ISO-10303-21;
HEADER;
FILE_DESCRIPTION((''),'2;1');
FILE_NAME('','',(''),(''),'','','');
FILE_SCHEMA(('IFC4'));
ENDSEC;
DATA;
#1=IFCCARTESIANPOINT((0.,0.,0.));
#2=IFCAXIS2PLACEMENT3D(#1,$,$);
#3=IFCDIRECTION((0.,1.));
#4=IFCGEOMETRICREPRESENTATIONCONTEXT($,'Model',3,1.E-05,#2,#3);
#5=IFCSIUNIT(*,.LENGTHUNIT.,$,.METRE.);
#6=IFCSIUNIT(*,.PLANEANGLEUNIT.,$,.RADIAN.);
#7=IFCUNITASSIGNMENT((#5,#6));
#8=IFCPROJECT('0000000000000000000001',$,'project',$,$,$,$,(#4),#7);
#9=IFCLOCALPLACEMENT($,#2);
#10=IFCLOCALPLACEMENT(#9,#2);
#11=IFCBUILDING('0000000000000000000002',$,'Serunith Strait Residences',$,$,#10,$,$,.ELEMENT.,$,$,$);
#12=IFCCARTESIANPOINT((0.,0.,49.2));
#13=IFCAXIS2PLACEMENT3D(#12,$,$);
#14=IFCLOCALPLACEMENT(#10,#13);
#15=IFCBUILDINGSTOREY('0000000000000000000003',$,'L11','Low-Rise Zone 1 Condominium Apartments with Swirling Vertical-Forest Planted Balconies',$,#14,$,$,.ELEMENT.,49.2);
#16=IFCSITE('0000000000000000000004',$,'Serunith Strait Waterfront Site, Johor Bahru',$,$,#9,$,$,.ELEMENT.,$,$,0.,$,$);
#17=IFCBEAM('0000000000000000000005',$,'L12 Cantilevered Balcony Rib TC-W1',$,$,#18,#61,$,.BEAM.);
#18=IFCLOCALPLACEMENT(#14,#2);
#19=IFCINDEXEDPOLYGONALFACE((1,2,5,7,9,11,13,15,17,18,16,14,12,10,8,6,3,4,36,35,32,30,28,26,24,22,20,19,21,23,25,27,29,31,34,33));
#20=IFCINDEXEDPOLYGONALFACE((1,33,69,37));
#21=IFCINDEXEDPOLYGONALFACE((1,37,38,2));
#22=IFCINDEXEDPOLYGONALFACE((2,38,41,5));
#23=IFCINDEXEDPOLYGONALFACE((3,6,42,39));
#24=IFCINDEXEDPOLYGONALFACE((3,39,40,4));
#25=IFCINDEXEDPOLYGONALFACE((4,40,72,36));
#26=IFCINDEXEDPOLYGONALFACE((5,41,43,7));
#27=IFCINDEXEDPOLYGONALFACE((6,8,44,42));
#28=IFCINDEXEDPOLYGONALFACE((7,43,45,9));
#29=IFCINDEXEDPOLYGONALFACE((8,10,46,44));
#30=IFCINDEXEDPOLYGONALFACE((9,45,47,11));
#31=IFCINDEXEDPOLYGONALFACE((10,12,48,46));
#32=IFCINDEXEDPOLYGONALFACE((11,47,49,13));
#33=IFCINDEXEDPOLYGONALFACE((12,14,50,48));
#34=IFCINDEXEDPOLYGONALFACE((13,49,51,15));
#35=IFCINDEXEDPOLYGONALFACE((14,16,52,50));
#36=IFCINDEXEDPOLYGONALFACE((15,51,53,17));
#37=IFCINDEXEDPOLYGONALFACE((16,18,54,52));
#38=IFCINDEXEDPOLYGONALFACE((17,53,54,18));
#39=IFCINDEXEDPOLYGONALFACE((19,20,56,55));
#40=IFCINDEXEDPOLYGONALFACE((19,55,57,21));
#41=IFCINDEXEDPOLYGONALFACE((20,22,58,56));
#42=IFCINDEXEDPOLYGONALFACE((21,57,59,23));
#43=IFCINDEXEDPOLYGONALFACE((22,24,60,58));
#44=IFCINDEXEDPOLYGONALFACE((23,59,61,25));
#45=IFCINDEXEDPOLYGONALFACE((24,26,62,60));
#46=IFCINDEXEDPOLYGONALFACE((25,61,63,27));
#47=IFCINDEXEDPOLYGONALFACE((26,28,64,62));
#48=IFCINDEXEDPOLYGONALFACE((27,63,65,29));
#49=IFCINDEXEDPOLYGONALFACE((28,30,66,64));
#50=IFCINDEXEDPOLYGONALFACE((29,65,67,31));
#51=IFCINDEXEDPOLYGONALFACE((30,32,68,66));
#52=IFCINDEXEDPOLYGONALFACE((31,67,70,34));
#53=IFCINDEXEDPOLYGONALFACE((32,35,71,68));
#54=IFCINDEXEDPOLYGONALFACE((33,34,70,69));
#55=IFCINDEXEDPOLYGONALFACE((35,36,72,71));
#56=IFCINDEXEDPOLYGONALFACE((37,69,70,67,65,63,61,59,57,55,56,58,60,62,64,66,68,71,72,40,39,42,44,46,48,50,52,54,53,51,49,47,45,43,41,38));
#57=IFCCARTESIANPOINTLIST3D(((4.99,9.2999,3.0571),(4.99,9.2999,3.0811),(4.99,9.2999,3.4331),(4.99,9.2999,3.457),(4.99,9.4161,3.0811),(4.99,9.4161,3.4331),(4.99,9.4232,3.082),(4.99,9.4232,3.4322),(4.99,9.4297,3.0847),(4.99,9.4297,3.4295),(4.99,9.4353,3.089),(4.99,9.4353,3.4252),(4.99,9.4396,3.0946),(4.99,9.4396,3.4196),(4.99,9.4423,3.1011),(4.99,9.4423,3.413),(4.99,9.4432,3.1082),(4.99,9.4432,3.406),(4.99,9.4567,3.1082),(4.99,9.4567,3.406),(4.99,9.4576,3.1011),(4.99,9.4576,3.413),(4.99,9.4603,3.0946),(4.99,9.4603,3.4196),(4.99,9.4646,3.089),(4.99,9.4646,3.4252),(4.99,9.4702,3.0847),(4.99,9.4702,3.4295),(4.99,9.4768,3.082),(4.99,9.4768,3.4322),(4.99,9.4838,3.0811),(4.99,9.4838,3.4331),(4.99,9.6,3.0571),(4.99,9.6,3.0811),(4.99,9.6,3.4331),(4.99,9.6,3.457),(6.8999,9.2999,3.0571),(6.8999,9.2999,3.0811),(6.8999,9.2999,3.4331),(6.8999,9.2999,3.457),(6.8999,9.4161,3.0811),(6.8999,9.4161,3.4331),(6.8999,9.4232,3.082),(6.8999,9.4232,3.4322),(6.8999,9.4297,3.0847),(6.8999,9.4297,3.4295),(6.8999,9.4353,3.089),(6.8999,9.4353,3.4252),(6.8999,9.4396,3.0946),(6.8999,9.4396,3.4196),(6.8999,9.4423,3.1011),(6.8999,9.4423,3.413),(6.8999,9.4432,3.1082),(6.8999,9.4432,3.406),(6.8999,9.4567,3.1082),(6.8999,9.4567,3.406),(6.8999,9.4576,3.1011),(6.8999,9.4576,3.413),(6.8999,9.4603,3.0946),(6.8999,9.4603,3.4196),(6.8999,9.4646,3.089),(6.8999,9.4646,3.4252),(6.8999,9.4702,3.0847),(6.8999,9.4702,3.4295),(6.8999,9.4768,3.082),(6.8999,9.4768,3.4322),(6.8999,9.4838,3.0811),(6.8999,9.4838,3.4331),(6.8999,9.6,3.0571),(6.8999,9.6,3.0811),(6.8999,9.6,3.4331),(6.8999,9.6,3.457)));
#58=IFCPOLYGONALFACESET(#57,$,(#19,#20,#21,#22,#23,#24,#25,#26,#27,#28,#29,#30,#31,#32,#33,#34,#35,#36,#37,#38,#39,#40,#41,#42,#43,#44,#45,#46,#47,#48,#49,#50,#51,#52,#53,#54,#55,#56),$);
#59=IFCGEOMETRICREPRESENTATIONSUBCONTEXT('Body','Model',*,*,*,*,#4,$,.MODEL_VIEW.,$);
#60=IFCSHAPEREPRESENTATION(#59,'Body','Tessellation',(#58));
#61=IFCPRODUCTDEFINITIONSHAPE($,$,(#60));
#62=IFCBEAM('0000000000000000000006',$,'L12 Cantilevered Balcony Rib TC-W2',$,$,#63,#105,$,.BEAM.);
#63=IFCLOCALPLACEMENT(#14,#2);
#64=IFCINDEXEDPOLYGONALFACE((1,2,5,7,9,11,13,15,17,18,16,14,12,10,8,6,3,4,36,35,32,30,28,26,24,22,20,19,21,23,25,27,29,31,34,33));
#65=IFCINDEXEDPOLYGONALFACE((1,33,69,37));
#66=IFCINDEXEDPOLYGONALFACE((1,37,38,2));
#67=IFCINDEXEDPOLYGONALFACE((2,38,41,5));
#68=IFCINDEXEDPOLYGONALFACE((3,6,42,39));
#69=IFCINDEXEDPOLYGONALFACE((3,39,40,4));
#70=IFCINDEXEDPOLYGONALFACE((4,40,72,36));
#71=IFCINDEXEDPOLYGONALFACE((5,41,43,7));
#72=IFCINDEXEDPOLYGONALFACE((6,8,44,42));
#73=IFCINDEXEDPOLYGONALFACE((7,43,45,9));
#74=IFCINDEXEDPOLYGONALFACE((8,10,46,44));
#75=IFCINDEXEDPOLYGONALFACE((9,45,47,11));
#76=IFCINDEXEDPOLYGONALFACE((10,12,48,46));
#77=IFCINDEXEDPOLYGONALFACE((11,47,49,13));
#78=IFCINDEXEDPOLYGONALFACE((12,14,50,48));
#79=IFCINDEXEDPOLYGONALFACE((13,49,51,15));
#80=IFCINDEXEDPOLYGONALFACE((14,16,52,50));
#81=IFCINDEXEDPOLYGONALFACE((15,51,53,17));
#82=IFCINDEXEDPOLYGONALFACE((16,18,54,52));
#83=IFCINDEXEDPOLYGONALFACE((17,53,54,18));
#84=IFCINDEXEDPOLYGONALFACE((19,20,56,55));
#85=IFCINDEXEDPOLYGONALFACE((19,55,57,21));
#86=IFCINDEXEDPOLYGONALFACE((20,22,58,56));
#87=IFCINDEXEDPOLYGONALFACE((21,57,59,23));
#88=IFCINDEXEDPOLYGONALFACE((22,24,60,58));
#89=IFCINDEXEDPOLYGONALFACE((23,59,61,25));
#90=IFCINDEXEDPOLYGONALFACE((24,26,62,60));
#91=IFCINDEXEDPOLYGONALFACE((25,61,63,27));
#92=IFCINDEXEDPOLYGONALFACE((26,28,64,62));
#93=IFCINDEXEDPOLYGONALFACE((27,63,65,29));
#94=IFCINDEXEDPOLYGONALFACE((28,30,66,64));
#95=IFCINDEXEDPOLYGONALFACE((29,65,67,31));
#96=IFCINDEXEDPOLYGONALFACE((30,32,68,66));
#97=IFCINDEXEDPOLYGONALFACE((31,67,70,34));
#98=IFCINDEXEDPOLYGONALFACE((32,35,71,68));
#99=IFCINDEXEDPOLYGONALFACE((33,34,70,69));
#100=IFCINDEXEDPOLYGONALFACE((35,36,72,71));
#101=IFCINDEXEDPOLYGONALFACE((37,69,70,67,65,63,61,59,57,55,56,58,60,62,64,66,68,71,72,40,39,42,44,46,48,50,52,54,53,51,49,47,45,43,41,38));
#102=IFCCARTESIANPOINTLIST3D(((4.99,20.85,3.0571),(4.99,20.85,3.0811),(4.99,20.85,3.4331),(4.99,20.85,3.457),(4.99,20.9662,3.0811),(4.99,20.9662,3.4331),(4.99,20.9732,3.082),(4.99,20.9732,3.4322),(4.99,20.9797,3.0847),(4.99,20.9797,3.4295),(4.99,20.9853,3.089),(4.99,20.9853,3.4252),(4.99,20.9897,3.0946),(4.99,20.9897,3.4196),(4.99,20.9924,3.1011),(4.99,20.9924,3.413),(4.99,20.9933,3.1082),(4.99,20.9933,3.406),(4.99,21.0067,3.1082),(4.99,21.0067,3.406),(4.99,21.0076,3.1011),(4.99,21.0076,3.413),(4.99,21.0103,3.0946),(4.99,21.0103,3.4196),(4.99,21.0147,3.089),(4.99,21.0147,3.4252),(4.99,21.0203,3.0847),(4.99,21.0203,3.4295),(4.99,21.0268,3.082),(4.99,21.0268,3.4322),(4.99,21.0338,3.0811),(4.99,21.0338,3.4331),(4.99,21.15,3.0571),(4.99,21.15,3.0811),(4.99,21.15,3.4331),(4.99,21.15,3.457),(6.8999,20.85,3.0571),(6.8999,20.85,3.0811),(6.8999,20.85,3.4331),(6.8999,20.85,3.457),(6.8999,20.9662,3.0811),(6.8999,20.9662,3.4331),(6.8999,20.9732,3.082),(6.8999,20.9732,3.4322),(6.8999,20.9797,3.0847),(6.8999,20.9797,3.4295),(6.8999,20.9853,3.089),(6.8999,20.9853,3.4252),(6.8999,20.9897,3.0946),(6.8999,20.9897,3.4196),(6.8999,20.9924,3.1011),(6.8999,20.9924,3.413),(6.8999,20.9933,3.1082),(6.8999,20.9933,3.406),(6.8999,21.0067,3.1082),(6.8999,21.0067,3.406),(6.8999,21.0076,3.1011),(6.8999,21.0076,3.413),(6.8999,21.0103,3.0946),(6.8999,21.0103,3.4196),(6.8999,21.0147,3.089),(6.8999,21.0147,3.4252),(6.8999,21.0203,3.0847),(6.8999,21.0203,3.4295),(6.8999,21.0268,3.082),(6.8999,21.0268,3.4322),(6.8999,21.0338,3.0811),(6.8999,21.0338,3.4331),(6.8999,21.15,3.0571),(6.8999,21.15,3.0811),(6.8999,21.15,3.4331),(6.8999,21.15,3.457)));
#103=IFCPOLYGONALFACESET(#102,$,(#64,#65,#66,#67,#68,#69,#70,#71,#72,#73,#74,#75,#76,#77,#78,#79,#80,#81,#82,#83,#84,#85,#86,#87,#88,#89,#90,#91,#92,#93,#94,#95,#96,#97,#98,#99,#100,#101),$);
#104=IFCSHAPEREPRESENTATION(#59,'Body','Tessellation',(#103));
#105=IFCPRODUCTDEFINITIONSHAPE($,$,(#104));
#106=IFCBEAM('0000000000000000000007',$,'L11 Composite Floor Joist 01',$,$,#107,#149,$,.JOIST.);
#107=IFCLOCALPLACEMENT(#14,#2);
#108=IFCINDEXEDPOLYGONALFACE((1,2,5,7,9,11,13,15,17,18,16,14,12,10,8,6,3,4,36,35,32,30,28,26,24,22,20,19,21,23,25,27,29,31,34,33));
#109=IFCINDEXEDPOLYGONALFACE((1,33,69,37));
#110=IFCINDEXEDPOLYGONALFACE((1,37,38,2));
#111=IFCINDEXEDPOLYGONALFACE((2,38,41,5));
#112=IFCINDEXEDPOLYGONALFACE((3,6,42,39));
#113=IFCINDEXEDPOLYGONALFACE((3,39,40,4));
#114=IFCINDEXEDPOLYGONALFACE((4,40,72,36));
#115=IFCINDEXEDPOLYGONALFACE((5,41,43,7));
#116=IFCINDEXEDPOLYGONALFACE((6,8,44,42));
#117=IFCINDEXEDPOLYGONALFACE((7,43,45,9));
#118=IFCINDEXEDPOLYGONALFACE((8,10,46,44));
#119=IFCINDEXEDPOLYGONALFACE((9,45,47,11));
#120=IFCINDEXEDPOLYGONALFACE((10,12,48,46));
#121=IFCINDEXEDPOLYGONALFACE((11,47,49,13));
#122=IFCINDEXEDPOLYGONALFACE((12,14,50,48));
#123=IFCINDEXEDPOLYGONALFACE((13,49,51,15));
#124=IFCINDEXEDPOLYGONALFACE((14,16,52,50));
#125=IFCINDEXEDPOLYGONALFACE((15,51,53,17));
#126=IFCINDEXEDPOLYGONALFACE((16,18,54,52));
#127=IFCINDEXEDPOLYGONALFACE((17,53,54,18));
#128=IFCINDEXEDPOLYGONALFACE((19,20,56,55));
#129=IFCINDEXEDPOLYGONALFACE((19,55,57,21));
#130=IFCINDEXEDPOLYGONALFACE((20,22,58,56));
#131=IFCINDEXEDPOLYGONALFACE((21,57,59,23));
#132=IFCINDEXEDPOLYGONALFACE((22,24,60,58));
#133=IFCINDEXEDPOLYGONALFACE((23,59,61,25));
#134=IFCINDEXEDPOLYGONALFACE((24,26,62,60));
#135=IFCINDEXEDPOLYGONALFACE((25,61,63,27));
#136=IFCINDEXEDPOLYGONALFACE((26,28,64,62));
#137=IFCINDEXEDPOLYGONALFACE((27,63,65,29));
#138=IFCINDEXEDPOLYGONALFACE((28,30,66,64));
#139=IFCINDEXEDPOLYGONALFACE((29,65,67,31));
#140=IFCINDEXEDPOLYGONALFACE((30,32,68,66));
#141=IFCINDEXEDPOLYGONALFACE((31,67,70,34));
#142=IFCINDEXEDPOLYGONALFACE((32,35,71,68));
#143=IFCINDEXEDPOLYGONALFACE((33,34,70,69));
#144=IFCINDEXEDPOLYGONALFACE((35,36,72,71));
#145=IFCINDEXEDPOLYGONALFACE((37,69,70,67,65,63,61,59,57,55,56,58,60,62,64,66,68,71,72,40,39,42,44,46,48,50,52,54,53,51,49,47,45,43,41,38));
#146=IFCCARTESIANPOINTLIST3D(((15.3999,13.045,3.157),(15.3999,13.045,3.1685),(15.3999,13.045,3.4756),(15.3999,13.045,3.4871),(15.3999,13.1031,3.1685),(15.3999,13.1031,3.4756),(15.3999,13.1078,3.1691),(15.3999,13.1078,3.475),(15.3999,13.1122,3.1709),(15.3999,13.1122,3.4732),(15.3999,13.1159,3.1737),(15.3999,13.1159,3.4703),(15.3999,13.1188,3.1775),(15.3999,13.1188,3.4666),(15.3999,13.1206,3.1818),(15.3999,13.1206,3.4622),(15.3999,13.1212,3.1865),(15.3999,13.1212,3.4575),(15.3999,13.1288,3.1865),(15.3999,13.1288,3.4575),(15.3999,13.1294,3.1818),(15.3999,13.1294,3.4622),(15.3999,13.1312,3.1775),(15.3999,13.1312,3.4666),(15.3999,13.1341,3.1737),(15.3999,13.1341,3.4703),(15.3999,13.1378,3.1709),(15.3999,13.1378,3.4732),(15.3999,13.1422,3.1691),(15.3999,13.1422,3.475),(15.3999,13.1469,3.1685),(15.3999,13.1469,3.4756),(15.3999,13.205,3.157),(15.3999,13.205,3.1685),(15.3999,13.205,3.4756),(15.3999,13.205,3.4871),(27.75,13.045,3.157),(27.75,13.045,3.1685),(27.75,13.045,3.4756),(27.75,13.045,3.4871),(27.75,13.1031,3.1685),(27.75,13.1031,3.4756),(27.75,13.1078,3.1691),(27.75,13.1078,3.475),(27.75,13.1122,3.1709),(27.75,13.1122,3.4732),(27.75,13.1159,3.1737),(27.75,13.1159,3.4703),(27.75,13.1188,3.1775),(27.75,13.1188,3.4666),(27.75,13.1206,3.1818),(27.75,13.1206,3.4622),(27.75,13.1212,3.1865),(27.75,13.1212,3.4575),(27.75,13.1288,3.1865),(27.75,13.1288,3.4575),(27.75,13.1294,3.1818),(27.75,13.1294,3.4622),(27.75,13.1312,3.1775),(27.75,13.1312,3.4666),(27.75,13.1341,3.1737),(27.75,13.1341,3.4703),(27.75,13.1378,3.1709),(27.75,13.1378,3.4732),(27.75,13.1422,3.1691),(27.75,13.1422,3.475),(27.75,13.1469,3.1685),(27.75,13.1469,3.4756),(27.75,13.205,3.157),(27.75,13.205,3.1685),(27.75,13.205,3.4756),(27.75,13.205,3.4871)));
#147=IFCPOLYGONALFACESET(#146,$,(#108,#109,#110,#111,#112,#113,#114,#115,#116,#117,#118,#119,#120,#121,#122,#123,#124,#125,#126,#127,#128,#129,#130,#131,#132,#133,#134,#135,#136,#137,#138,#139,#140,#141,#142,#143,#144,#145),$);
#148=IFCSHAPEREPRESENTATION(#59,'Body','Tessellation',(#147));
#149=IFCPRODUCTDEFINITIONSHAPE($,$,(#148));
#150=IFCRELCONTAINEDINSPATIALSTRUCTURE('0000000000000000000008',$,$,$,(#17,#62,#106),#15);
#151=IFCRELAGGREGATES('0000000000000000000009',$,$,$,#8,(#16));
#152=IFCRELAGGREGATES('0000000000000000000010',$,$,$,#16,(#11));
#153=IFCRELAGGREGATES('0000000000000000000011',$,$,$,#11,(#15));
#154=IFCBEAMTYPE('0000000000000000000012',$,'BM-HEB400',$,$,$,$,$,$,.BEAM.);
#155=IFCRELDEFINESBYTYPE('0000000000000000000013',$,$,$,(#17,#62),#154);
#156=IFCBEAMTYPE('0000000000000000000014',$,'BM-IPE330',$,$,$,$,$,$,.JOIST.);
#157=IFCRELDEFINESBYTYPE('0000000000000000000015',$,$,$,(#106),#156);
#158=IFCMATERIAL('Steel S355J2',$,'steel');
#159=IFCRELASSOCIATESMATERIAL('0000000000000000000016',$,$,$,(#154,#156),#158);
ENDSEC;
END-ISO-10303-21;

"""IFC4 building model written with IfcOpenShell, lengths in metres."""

from ifc_helpers import new_model, si_unit, direction, frame, origin, origin_2d, place, context, subcontext, project, spatial, i_section, extrude, source, transform, mapped, material, material_profile, profile_set, type_object, element, save


model = new_model("IFC4")

# Units and contexts
model_context = context("Model", 3, precision=1e-05, world=origin(), true_north=direction((0.0, 1.0)))
body_context = subcontext(model_context, "Body", "Model", "MODEL_VIEW")
ifc_project = project(units=[si_unit("LENGTHUNIT", "METRE"), si_unit("PLANEANGLEUNIT", "RADIAN")], contexts=[model_context])

# Site, building, storey
site_placement = place(None, origin())
site = spatial("IfcSite", under=ifc_project, at=site_placement, Name="Serunith Strait Waterfront Site, Johor Bahru", CompositionType="ELEMENT", RefElevation=0.0)
building_placement = place(site_placement, origin())
building = spatial("IfcBuilding", under=site, at=building_placement, Name="Serunith Strait Residences", CompositionType="ELEMENT")
storey_placement = place(building_placement, frame((0.0, 0.0, 49.2)))
storey = spatial("IfcBuildingStorey", under=building, at=storey_placement, Name="L11", Description="Low-Rise Zone 1 Condominium Apartments with Swirling Vertical-Forest Planted Balconies", CompositionType="ELEMENT", Elevation=49.2)

# Beams
ifc_material_1 = material(Name="Steel S355J2", Category="steel")
ifc_material_profile_1 = material_profile(ifc_material_1, i_section(OverallWidth=0.3, OverallDepth=0.3999, WebThickness=0.0134, FlangeThickness=0.0239, FilletRadius=0.0271, at=origin_2d()), Name="HEB 400")
ifc_profile_set_1 = profile_set([ifc_material_profile_1], Name="Steel S355J2")
beam_type_1 = type_object("IfcBeamType", Name="BM-HEB400", PredefinedType="BEAM", material=ifc_profile_set_1)
shared_shape_1 = source(origin(), body_context, "Body", "SweptSolid", [
    extrude(i_section(OverallWidth=0.3, OverallDepth=0.3999, WebThickness=0.0134, FlangeThickness=0.0239, FilletRadius=0.0271, at=origin_2d()), origin(), (0.0, 0.0, 1.0), 1.9099),
])
for number, where, z_axis, x_axis, name in (
    (1, (6.8999, 9.45, 3.2571), (-1.0, 0.0, 0.0), (0.0, -1.0, 0.0), "L12 Cantilevered Balcony Rib TC-W1"),
    (2, (6.8999, 21.0, 3.2571), (-1.0, 0.0, 0.0), (0.0, -1.0, 0.0), "L12 Cantilevered Balcony Rib TC-W2"),
):
    element("IfcBeam", number, at=place(storey_placement, frame(where, z_axis=z_axis, x_axis=x_axis)), inside=storey, type_object=beam_type_1, Name=name, PredefinedType="BEAM", context=body_context, shape_type="MappedRepresentation", body=[
        mapped(shared_shape_1, transform((0.0, 0.0, 0.0), scale=1.0)),
    ])
ifc_material_profile_2 = material_profile(ifc_material_1, i_section(OverallWidth=0.1599, OverallDepth=0.3301, WebThickness=0.0076, FlangeThickness=0.0115, FilletRadius=0.0181, at=origin_2d()), Name="IPE 330")
ifc_profile_set_2 = profile_set([ifc_material_profile_2], Name="Steel S355J2")
beam_type_2 = type_object("IfcBeamType", Name="BM-IPE330", PredefinedType="JOIST", material=ifc_profile_set_2)
shared_shape_2 = source(origin(), body_context, "Body", "SweptSolid", [
    extrude(i_section(OverallWidth=0.1599, OverallDepth=0.3301, WebThickness=0.0076, FlangeThickness=0.0115, FilletRadius=0.0181, at=origin_2d()), origin(), (0.0, 0.0, 1.0), 12.3501),
])
beam_1_placement = place(storey_placement, frame((15.3999, 13.125, 3.322), z_axis=(1.0, 0.0, 0.0), x_axis=(0.0, 1.0, 0.0)))
element("IfcBeam", 3, at=beam_1_placement, inside=storey, type_object=beam_type_2, Name="L11 Composite Floor Joist 01", PredefinedType="JOIST", context=body_context, shape_type="MappedRepresentation", body=[
    mapped(shared_shape_2, transform((0.0, 0.0, 0.0), scale=1.0)),
])

save(model, "model.ifc")
